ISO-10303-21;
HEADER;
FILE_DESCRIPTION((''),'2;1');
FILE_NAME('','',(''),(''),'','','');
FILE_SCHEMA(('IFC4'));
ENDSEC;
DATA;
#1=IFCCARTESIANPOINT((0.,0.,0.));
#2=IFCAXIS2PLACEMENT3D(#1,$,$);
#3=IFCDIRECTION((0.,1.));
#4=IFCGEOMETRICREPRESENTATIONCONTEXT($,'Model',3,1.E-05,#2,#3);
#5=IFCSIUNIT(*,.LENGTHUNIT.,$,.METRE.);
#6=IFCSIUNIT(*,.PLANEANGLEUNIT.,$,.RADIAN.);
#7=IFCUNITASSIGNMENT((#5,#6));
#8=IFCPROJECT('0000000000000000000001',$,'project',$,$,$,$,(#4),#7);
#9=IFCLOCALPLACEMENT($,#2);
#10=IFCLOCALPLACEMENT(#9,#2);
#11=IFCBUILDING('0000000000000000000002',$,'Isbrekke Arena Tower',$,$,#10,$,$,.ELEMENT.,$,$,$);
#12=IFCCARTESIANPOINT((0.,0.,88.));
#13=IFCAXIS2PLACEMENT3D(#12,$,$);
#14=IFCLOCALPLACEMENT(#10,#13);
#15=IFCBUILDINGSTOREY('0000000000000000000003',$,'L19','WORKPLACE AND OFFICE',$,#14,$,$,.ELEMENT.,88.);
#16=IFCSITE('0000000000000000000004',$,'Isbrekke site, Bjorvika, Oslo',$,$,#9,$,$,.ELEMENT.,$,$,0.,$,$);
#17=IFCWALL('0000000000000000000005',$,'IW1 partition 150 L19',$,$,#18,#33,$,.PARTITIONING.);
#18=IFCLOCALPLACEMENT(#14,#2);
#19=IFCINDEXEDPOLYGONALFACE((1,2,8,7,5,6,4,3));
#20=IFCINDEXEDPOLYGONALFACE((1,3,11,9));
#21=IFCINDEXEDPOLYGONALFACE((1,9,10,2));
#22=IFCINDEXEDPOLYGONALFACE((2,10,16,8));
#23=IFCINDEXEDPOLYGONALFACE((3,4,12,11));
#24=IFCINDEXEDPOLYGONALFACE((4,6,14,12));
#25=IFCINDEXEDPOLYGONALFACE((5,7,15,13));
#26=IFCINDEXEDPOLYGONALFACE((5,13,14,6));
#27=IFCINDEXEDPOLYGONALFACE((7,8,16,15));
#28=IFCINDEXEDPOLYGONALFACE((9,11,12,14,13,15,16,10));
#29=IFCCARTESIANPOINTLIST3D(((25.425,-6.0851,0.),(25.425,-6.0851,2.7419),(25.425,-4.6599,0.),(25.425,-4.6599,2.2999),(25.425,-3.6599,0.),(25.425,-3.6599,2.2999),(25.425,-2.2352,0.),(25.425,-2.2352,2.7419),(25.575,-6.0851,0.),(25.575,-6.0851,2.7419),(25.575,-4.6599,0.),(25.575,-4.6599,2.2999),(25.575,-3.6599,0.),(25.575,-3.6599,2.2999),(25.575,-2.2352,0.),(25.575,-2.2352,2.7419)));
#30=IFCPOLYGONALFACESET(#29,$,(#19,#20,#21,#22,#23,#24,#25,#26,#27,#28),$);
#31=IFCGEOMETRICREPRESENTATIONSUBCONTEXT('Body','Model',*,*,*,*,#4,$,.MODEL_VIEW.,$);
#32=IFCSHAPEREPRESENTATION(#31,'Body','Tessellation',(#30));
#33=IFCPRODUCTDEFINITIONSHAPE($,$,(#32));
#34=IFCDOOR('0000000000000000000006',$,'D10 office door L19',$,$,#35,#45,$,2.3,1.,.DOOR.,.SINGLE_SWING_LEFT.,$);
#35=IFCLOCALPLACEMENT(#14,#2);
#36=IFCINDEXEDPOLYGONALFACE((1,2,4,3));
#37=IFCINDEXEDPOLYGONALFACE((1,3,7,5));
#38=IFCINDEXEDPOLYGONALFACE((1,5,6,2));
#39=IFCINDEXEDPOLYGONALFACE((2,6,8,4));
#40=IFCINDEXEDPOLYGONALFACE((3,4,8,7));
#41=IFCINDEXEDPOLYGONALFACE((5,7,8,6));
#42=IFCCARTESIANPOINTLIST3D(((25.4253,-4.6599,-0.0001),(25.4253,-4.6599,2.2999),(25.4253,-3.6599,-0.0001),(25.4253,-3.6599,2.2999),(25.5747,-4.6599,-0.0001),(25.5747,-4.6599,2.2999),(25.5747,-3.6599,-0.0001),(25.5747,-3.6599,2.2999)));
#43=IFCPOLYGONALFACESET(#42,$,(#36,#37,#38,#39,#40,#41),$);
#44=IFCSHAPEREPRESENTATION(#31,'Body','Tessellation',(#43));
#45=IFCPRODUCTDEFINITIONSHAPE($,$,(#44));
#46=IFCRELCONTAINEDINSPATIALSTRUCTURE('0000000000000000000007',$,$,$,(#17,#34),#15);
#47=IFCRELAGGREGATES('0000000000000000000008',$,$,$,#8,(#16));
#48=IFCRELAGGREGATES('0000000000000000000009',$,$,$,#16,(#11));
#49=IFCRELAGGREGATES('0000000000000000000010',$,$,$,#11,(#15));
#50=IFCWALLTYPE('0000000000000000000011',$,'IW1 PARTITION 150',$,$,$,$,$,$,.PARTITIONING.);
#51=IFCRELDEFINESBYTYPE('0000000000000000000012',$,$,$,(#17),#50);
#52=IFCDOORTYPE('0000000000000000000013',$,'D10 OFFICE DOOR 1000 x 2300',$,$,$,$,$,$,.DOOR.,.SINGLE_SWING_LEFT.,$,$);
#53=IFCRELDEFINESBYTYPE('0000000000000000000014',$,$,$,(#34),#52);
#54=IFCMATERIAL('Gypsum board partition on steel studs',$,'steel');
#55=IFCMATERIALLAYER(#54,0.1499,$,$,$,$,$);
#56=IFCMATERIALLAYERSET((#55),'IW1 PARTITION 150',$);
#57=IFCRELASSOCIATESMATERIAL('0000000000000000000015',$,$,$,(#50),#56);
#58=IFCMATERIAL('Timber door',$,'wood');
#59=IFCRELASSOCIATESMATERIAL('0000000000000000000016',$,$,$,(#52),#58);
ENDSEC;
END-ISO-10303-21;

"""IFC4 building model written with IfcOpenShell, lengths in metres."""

from ifc_helpers import new_model, si_unit, direction, frame, frame_2d, origin, place, context, subcontext, project, spatial, rectangle, extrude, material, layer, layer_set, type_object, element, fill, save


model = new_model("IFC4")

# Units and contexts
model_context = context("Model", 3, precision=1e-05, world=origin(), true_north=direction((0.0, 1.0)))
body_context = subcontext(model_context, "Body", "Model", "MODEL_VIEW")
ifc_project = project(units=[si_unit("LENGTHUNIT", "METRE"), si_unit("PLANEANGLEUNIT", "RADIAN")], contexts=[model_context])

# Site, building, storey
site_placement = place(None, origin())
site = spatial("IfcSite", under=ifc_project, at=site_placement, Name="Isbrekke site, Bjorvika, Oslo", CompositionType="ELEMENT", RefElevation=0.0)
building_placement = place(site_placement, origin())
building = spatial("IfcBuilding", under=site, at=building_placement, Name="Isbrekke Arena Tower", CompositionType="ELEMENT")
storey_placement = place(building_placement, frame((0.0, 0.0, 88.0)))
storey = spatial("IfcBuildingStorey", under=building, at=storey_placement, Name="L19", Description="WORKPLACE AND OFFICE", CompositionType="ELEMENT", Elevation=88.0)

# Shared definitions
ifc_material_1 = material(Name="Gypsum board partition on steel studs", Category="steel")
ifc_layer_1 = layer(ifc_material_1, 0.1499)
ifc_layer_set_1 = layer_set([ifc_layer_1], Name="IW1 PARTITION 150")
wall_type = type_object("IfcWallType", Name="IW1 PARTITION 150", PredefinedType="PARTITIONING", material=ifc_layer_set_1)

# Wall, opening, door
ifc_material_2 = material(Name="Timber door", Category="wood")
door_type = type_object("IfcDoorType", Name="D10 OFFICE DOOR 1000 x 2300", OperationType="SINGLE_SWING_LEFT", PredefinedType="DOOR", material=ifc_material_2)
wall_1_placement = place(storey_placement, frame((25.5, -6.085, 0.0), z_axis=(0.0, 0.0, 1.0), x_axis=(0.0, 1.0, 0.0)))
wall_1 = element("IfcWall", 1, at=wall_1_placement, inside=storey, type_object=wall_type, Name="IW1 partition 150 L19", PredefinedType="PARTITIONING", context=body_context, shape_type="SweptSolid", body=[
    extrude(rectangle(XDim=3.8499, YDim=0.1499, at=frame_2d((1.9248, 0.0))), origin(), (0.0, 0.0, 1.0), 2.7419),
])
opening_1_placement = place(wall_1_placement, frame((1.425, 0.0, 0.0)))
opening_1 = element("IfcOpeningElement", 2, at=opening_1_placement, cuts=wall_1, PredefinedType="OPENING", context=body_context, shape_type="SweptSolid", body=[
    extrude(rectangle(XDim=1.0, YDim=2.3, at=frame_2d((0.5, 1.1499))), frame((0.0, 0.0898, 0.0), z_axis=(0.0, -1.0, 0.0), x_axis=(1.0, 0.0, 0.0)), (0.0, 0.0, 1.0), 0.1797),
])
door_1_placement = place(opening_1_placement, origin())
door_1 = element("IfcDoor", 3, at=door_1_placement, inside=storey, type_object=door_type, Name="D10 office door L19", OperationType="SINGLE_SWING_LEFT", OverallHeight=2.3, OverallWidth=1.0, PredefinedType="DOOR", context=body_context, shape_type="SweptSolid", body=[
    extrude(rectangle(XDim=1.0, YDim=2.3, at=frame_2d((0.5, 1.1499))), frame((0.0, 0.0747, 0.0), z_axis=(0.0, -1.0, 0.0), x_axis=(1.0, 0.0, 0.0)), (0.0, 0.0, 1.0), 0.1494),
])
fill(opening_1, door_1)

save(model, "model.ifc")
